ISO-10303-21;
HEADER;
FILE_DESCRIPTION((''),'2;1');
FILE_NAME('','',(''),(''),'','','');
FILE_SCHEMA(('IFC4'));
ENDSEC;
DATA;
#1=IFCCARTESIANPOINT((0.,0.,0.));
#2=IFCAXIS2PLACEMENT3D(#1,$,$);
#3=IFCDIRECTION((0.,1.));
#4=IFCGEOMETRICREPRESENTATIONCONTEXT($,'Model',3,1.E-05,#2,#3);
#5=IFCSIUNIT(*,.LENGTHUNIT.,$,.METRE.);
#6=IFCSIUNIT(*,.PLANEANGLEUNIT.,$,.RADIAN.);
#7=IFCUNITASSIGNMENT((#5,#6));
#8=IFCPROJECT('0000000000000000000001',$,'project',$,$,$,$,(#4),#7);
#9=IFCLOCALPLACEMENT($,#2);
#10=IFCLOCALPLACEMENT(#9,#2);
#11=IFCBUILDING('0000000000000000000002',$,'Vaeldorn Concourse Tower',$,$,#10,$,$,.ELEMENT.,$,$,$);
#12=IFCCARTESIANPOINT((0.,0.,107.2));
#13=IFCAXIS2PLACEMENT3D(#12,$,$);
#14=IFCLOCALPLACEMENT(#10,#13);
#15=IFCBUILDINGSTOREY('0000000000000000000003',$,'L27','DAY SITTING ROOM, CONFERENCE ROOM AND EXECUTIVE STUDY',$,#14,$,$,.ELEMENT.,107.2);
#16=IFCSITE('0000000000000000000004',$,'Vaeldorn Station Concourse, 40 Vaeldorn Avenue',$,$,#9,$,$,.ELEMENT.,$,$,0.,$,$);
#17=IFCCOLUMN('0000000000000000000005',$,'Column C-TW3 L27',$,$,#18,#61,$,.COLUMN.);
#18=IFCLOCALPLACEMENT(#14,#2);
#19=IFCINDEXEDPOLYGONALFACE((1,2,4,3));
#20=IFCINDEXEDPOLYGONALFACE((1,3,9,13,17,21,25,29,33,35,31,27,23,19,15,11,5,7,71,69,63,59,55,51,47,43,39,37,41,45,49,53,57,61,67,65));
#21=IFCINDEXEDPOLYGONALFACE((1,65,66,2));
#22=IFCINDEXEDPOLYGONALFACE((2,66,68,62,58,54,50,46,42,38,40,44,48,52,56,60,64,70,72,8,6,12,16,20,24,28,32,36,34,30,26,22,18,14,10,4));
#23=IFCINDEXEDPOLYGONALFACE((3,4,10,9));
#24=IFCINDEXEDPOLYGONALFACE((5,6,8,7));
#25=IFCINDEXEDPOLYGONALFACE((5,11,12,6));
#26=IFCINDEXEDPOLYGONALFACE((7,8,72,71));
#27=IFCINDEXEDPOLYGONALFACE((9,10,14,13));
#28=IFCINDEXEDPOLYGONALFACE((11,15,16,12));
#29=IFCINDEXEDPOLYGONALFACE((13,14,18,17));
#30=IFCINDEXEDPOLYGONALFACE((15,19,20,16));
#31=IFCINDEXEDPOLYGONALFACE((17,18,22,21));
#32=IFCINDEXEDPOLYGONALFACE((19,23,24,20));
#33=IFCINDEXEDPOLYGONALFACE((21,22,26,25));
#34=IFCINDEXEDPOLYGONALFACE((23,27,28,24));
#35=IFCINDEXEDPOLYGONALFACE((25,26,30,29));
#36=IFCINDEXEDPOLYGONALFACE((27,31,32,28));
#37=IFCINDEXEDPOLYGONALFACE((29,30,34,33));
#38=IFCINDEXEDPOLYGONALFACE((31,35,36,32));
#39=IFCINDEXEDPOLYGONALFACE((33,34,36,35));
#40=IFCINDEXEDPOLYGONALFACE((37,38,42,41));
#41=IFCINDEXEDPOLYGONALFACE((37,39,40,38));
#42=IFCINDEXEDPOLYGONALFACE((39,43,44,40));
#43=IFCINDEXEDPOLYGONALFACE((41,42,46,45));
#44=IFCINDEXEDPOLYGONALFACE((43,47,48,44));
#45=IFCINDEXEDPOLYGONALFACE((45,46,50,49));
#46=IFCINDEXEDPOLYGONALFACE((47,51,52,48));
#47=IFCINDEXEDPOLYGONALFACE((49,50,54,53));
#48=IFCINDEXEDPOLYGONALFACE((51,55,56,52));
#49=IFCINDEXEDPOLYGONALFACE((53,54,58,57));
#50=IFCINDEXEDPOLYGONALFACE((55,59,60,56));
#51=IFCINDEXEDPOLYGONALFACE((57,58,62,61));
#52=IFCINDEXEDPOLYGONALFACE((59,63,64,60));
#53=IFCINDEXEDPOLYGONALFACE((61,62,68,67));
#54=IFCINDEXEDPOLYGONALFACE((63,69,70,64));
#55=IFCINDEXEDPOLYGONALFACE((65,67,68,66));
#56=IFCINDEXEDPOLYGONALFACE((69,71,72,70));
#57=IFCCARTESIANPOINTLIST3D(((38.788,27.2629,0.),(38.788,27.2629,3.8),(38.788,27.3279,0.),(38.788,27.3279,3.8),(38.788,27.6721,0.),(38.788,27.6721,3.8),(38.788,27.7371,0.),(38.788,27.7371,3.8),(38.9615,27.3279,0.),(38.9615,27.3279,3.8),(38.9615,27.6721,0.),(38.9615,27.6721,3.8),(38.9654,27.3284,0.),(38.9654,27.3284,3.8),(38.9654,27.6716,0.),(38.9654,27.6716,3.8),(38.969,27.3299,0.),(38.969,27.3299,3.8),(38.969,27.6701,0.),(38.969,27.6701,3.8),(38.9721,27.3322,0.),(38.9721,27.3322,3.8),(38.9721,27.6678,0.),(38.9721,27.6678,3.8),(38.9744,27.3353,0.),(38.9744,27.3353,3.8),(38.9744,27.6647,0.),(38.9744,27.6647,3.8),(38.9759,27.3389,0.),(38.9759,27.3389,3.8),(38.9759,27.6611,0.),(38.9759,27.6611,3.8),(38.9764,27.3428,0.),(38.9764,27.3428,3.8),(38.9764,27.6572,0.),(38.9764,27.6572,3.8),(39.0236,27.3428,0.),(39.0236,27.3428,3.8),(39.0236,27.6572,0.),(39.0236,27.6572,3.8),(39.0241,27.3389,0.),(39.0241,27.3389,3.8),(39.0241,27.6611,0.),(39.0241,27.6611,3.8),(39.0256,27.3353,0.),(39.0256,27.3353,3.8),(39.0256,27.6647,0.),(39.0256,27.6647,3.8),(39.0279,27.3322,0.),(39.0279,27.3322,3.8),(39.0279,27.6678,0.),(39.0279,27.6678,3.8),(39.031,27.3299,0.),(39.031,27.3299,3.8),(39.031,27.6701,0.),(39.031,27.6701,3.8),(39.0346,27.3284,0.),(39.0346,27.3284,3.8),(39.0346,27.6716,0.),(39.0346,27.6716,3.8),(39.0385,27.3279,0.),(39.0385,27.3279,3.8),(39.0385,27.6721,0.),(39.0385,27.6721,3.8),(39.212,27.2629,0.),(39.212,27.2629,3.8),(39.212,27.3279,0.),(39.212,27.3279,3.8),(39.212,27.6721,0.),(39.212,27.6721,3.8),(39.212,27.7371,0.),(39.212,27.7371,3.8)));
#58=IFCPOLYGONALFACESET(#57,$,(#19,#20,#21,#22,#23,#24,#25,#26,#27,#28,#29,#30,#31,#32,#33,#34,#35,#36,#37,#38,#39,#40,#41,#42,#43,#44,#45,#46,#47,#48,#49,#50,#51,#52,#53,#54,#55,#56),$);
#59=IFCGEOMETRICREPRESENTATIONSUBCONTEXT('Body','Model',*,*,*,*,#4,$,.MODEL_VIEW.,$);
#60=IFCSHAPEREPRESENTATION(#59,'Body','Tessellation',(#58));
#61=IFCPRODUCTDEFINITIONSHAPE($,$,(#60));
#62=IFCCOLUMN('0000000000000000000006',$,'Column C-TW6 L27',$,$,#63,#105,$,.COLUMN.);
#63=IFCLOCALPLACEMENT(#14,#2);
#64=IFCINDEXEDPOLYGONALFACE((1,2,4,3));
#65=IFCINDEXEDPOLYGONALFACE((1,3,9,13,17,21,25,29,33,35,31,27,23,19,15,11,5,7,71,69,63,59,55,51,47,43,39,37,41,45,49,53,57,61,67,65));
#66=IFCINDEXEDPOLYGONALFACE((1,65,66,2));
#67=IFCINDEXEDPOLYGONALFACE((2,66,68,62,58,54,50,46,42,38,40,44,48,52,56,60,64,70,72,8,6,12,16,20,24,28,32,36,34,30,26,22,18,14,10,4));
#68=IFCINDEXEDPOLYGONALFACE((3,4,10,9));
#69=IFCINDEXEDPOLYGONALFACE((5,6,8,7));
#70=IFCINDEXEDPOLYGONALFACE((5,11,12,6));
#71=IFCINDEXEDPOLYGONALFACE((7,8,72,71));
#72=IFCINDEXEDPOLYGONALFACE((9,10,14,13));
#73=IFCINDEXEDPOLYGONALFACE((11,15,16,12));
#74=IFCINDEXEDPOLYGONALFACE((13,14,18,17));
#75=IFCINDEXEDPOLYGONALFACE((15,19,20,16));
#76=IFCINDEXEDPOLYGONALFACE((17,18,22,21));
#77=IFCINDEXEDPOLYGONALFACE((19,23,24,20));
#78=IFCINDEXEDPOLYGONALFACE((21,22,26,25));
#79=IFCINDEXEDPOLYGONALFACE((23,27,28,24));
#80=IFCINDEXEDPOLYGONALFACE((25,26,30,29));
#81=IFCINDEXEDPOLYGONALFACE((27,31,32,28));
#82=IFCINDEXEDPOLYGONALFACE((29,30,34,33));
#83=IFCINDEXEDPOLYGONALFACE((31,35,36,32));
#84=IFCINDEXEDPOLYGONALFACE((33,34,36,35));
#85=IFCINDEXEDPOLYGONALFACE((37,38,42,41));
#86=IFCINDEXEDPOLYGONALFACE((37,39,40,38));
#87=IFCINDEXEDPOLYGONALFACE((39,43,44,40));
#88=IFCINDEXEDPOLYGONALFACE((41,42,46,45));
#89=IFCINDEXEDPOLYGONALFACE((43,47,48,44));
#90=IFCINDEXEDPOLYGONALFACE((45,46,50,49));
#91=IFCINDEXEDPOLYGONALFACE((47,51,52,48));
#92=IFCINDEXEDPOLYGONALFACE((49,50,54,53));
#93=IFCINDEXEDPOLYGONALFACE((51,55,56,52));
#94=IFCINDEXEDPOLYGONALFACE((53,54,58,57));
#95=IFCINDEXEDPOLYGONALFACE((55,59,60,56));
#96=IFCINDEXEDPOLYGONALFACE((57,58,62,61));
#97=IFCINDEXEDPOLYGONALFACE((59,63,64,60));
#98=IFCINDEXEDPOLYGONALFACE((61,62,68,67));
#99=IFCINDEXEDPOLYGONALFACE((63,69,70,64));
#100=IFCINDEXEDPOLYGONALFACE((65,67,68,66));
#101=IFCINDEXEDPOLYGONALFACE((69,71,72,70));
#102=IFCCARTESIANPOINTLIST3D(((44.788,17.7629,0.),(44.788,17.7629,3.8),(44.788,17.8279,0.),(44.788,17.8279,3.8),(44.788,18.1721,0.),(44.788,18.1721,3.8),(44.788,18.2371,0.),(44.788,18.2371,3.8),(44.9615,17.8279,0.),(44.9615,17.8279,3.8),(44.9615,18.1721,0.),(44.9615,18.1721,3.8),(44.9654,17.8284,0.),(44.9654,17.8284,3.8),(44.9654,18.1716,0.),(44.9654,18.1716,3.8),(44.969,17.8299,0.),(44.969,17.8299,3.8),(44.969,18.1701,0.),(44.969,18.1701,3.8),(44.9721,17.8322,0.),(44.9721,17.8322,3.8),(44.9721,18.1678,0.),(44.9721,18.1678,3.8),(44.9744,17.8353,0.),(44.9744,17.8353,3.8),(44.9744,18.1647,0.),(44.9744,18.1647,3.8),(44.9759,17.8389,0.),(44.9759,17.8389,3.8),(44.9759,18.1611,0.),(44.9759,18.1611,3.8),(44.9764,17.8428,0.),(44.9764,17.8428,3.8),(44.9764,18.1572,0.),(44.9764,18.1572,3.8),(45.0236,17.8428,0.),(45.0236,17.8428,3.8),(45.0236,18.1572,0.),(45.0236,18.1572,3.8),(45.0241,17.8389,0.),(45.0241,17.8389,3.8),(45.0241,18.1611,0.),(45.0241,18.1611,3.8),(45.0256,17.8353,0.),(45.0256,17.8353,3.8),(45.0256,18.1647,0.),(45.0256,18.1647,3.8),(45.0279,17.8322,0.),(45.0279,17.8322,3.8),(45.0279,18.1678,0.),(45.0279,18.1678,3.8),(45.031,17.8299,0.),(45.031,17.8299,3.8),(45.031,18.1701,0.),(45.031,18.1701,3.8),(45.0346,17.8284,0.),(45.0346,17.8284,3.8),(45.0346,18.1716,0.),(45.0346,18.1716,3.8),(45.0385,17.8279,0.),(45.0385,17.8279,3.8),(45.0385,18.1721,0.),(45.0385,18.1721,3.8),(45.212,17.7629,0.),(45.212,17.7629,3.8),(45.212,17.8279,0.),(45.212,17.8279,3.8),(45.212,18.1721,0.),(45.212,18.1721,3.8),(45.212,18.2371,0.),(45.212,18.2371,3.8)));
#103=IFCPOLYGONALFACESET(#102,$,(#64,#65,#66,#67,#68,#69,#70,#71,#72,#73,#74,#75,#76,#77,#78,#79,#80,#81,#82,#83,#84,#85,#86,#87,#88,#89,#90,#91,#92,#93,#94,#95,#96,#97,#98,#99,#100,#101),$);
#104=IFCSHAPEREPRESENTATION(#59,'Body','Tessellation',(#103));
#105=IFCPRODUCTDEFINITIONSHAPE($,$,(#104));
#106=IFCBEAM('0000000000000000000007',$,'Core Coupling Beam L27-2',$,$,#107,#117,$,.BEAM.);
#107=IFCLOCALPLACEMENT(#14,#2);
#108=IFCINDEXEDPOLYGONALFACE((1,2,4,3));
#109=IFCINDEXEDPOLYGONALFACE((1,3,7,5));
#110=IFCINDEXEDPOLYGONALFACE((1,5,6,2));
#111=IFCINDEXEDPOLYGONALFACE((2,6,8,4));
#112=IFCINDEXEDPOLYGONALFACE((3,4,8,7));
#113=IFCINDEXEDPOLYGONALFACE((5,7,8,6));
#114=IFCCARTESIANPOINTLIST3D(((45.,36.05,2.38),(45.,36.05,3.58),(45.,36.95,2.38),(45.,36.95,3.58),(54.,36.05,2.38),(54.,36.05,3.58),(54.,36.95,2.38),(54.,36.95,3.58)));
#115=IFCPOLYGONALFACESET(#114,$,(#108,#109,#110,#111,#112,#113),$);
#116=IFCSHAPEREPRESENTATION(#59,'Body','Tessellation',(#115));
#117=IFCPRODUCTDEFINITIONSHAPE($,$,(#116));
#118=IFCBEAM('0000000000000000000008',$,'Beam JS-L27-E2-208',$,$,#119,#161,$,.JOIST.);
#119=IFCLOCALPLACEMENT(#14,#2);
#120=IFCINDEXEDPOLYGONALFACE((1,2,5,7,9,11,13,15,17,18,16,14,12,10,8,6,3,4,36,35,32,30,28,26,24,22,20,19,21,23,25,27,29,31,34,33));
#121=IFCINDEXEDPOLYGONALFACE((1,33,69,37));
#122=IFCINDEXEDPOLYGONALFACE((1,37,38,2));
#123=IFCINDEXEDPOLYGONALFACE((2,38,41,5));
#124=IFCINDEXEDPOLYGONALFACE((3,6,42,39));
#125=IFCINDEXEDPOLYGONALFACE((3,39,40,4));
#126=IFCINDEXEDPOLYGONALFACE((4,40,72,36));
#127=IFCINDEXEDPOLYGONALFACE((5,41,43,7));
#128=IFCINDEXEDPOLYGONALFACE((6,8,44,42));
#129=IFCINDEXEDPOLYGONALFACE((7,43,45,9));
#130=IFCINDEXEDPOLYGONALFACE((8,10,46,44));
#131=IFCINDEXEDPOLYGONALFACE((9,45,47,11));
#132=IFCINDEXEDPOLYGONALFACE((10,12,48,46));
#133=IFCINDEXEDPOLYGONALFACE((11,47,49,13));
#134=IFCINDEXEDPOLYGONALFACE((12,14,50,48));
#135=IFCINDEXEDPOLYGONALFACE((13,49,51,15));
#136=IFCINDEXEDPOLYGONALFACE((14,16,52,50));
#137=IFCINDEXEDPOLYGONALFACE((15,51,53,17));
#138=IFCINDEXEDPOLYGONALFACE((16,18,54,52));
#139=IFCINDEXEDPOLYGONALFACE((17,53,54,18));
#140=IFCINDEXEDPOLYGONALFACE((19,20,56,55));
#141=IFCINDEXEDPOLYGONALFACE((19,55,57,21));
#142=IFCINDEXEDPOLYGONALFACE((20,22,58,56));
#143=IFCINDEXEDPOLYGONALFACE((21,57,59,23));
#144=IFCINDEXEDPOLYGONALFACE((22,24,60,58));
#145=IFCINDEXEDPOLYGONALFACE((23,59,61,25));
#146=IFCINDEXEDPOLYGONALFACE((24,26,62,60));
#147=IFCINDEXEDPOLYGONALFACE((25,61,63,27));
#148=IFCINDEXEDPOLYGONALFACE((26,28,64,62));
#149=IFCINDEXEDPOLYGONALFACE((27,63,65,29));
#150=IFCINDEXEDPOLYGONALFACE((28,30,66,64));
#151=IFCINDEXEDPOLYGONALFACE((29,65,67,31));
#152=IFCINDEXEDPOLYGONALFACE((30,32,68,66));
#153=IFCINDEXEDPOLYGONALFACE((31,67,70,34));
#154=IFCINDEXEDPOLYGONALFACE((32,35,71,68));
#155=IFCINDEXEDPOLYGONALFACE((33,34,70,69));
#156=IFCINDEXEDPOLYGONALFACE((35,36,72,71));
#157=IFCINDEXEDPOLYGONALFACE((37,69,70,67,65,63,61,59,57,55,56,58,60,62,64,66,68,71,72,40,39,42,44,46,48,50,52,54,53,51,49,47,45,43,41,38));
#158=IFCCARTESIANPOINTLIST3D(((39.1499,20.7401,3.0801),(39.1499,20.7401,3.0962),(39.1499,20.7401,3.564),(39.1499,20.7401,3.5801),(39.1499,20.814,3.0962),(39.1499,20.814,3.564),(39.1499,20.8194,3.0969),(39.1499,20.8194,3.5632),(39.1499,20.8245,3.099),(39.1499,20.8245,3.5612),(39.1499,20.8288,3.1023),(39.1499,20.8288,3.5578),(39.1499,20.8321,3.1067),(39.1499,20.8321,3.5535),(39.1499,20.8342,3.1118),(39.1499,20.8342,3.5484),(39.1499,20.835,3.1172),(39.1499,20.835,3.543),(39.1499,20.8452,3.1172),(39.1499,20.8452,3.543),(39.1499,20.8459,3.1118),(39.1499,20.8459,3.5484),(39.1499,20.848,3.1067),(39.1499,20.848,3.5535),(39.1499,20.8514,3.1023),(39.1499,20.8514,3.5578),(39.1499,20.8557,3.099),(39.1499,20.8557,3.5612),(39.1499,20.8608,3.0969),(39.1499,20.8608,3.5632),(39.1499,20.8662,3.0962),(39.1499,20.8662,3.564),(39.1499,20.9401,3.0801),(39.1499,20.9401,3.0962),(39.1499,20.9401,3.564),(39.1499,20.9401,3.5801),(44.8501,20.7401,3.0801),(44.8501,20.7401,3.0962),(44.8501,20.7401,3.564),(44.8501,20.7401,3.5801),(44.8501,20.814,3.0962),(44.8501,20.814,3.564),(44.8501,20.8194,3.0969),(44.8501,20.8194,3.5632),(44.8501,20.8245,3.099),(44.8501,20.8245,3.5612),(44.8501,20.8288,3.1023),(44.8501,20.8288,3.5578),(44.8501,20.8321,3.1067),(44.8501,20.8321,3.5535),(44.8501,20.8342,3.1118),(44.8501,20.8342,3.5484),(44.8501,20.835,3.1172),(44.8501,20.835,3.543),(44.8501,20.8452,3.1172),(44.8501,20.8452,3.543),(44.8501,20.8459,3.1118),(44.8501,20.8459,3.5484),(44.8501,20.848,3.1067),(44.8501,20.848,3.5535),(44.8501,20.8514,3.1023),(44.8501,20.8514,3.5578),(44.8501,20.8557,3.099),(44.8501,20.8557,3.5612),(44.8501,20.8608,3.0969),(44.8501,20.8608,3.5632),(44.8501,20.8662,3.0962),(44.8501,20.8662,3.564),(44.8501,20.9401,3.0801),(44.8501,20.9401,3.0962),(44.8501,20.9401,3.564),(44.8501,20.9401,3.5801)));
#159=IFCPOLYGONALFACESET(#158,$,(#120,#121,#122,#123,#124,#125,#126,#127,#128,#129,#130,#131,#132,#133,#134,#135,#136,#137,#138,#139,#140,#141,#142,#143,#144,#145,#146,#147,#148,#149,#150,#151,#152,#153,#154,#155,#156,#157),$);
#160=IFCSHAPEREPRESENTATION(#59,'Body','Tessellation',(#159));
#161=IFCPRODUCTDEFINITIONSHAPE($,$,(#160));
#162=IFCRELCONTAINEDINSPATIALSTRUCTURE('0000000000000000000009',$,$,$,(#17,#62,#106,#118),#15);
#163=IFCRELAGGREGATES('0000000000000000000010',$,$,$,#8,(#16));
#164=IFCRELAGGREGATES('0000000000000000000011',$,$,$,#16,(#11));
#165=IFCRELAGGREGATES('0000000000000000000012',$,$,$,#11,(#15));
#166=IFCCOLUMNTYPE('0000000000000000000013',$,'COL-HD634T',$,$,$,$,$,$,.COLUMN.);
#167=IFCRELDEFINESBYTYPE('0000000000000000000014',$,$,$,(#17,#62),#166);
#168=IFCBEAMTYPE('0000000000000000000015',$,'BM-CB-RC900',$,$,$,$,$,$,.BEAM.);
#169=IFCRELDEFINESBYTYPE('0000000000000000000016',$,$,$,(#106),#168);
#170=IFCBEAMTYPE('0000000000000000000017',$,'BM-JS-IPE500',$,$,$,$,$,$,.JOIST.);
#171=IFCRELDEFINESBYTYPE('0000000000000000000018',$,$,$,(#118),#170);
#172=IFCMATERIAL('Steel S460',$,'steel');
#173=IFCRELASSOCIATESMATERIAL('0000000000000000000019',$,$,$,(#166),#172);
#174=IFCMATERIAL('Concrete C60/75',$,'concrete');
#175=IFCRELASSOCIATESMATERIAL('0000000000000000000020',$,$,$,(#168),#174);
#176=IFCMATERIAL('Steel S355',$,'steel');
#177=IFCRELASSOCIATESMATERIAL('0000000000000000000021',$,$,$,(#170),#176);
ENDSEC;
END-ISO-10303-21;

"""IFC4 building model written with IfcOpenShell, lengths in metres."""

from ifc_helpers import new_model, si_unit, direction, frame, origin, origin_2d, place, context, subcontext, project, spatial, rectangle, i_section, extrude, source, transform, mapped, material, material_profile, profile_set, type_object, element, save


model = new_model("IFC4")

# Units and contexts
model_context = context("Model", 3, precision=1e-05, world=origin(), true_north=direction((0.0, 1.0)))
body_context = subcontext(model_context, "Body", "Model", "MODEL_VIEW")
ifc_project = project(units=[si_unit("LENGTHUNIT", "METRE"), si_unit("PLANEANGLEUNIT", "RADIAN")], contexts=[model_context])

# Site, building, storey
site_placement = place(None, origin())
site = spatial("IfcSite", under=ifc_project, at=site_placement, Name="Vaeldorn Station Concourse, 40 Vaeldorn Avenue", CompositionType="ELEMENT", RefElevation=0.0)
building_placement = place(site_placement, origin())
building = spatial("IfcBuilding", under=site, at=building_placement, Name="Vaeldorn Concourse Tower", CompositionType="ELEMENT")
storey_placement = place(building_placement, frame((0.0, 0.0, 107.2)))
storey = spatial("IfcBuildingStorey", under=building, at=storey_placement, Name="L27", Description="DAY SITTING ROOM, CONFERENCE ROOM AND EXECUTIVE STUDY", CompositionType="ELEMENT", Elevation=107.2)

# Columns
ifc_material_1 = material(Name="Steel S460", Category="steel")
ifc_material_profile_1 = material_profile(ifc_material_1, i_section(OverallWidth=0.4241, OverallDepth=0.4741, WebThickness=0.0471, FlangeThickness=0.0649, FilletRadius=0.0149, at=origin_2d()), Name="HD 400x634")
ifc_profile_set_1 = profile_set([ifc_material_profile_1], Name="Steel S460")
column_type_1 = type_object("IfcColumnType", Name="COL-HD634T", PredefinedType="COLUMN", material=ifc_profile_set_1)
shared_shape_1 = source(origin(), body_context, "Body", "SweptSolid", [
    extrude(i_section(OverallWidth=0.4241, OverallDepth=0.4741, WebThickness=0.0471, FlangeThickness=0.0649, FilletRadius=0.0149, at=origin_2d()), origin(), (0.0, 0.0, 1.0), 3.8),
])
for number, where, z_axis, x_axis, name in (
    (1, (39.0, 27.5, 0.0), (0.0, 0.0, 1.0), (1.0, 0.0, 0.0), "Column C-TW3 L27"),
    (2, (45.0, 18.0, 0.0), (0.0, 0.0, 1.0), (1.0, 0.0, 0.0), "Column C-TW6 L27"),
):
    element("IfcColumn", number, at=place(storey_placement, frame(where, z_axis=z_axis, x_axis=x_axis)), inside=storey, type_object=column_type_1, Name=name, PredefinedType="COLUMN", context=body_context, shape_type="MappedRepresentation", body=[
        mapped(shared_shape_1, transform((0.0, 0.0, 0.0), scale=1.0)),
    ])

# Beams
ifc_material_2 = material(Name="Concrete C60/75", Category="concrete")
ifc_material_profile_2 = material_profile(ifc_material_2, rectangle(XDim=0.8999, YDim=1.2, at=origin_2d()), Name="RC 900x1200")
ifc_profile_set_2 = profile_set([ifc_material_profile_2], Name="Concrete C60/75")
beam_type_1 = type_object("IfcBeamType", Name="BM-CB-RC900", PredefinedType="BEAM", material=ifc_profile_set_2)
shared_shape_2 = source(origin(), body_context, "Body", "SweptSolid", [
    extrude(rectangle(XDim=0.8999, YDim=1.2, at=origin_2d()), origin(), (0.0, 0.0, 1.0), 9.0),
])
beam_1_placement = place(storey_placement, frame((45.0, 36.5, 2.98), z_axis=(1.0, 0.0, 0.0), x_axis=(0.0, 1.0, 0.0)))
element("IfcBeam", 3, at=beam_1_placement, inside=storey, type_object=beam_type_1, Name="Core Coupling Beam L27-2", PredefinedType="BEAM", context=body_context, shape_type="MappedRepresentation", body=[
    mapped(shared_shape_2, transform((0.0, 0.0, 0.0), scale=1.0)),
])
ifc_material_3 = material(Name="Steel S355", Category="steel")
ifc_material_profile_3 = material_profile(ifc_material_3, i_section(OverallWidth=0.2, OverallDepth=0.5, WebThickness=0.0103, FlangeThickness=0.0161, FilletRadius=0.021, at=origin_2d()), Name="IPE 500")
ifc_profile_set_3 = profile_set([ifc_material_profile_3], Name="Steel S355")
beam_type_2 = type_object("IfcBeamType", Name="BM-JS-IPE500", PredefinedType="JOIST", material=ifc_profile_set_3)
shared_shape_3 = source(origin(), body_context, "Body", "SweptSolid", [
    extrude(i_section(OverallWidth=0.2, OverallDepth=0.5, WebThickness=0.0103, FlangeThickness=0.0161, FilletRadius=0.021, at=origin_2d()), origin(), (0.0, 0.0, 1.0), 5.7002),
])
for number, where, z_axis, x_axis, name in (
    (4, (39.1499, 20.8401, 3.3301), (1.0, 0.0, 0.0), (0.0, 1.0, 0.0), "Beam JS-L27-E2-208"),
):
    element("IfcBeam", number, at=place(storey_placement, frame(where, z_axis=z_axis, x_axis=x_axis)), inside=storey, type_object=beam_type_2, Name=name, PredefinedType="JOIST", context=body_context, shape_type="MappedRepresentation", body=[
        mapped(shared_shape_3, transform((0.0, 0.0, 0.0), scale=1.0)),
    ])

save(model, "model.ifc")
